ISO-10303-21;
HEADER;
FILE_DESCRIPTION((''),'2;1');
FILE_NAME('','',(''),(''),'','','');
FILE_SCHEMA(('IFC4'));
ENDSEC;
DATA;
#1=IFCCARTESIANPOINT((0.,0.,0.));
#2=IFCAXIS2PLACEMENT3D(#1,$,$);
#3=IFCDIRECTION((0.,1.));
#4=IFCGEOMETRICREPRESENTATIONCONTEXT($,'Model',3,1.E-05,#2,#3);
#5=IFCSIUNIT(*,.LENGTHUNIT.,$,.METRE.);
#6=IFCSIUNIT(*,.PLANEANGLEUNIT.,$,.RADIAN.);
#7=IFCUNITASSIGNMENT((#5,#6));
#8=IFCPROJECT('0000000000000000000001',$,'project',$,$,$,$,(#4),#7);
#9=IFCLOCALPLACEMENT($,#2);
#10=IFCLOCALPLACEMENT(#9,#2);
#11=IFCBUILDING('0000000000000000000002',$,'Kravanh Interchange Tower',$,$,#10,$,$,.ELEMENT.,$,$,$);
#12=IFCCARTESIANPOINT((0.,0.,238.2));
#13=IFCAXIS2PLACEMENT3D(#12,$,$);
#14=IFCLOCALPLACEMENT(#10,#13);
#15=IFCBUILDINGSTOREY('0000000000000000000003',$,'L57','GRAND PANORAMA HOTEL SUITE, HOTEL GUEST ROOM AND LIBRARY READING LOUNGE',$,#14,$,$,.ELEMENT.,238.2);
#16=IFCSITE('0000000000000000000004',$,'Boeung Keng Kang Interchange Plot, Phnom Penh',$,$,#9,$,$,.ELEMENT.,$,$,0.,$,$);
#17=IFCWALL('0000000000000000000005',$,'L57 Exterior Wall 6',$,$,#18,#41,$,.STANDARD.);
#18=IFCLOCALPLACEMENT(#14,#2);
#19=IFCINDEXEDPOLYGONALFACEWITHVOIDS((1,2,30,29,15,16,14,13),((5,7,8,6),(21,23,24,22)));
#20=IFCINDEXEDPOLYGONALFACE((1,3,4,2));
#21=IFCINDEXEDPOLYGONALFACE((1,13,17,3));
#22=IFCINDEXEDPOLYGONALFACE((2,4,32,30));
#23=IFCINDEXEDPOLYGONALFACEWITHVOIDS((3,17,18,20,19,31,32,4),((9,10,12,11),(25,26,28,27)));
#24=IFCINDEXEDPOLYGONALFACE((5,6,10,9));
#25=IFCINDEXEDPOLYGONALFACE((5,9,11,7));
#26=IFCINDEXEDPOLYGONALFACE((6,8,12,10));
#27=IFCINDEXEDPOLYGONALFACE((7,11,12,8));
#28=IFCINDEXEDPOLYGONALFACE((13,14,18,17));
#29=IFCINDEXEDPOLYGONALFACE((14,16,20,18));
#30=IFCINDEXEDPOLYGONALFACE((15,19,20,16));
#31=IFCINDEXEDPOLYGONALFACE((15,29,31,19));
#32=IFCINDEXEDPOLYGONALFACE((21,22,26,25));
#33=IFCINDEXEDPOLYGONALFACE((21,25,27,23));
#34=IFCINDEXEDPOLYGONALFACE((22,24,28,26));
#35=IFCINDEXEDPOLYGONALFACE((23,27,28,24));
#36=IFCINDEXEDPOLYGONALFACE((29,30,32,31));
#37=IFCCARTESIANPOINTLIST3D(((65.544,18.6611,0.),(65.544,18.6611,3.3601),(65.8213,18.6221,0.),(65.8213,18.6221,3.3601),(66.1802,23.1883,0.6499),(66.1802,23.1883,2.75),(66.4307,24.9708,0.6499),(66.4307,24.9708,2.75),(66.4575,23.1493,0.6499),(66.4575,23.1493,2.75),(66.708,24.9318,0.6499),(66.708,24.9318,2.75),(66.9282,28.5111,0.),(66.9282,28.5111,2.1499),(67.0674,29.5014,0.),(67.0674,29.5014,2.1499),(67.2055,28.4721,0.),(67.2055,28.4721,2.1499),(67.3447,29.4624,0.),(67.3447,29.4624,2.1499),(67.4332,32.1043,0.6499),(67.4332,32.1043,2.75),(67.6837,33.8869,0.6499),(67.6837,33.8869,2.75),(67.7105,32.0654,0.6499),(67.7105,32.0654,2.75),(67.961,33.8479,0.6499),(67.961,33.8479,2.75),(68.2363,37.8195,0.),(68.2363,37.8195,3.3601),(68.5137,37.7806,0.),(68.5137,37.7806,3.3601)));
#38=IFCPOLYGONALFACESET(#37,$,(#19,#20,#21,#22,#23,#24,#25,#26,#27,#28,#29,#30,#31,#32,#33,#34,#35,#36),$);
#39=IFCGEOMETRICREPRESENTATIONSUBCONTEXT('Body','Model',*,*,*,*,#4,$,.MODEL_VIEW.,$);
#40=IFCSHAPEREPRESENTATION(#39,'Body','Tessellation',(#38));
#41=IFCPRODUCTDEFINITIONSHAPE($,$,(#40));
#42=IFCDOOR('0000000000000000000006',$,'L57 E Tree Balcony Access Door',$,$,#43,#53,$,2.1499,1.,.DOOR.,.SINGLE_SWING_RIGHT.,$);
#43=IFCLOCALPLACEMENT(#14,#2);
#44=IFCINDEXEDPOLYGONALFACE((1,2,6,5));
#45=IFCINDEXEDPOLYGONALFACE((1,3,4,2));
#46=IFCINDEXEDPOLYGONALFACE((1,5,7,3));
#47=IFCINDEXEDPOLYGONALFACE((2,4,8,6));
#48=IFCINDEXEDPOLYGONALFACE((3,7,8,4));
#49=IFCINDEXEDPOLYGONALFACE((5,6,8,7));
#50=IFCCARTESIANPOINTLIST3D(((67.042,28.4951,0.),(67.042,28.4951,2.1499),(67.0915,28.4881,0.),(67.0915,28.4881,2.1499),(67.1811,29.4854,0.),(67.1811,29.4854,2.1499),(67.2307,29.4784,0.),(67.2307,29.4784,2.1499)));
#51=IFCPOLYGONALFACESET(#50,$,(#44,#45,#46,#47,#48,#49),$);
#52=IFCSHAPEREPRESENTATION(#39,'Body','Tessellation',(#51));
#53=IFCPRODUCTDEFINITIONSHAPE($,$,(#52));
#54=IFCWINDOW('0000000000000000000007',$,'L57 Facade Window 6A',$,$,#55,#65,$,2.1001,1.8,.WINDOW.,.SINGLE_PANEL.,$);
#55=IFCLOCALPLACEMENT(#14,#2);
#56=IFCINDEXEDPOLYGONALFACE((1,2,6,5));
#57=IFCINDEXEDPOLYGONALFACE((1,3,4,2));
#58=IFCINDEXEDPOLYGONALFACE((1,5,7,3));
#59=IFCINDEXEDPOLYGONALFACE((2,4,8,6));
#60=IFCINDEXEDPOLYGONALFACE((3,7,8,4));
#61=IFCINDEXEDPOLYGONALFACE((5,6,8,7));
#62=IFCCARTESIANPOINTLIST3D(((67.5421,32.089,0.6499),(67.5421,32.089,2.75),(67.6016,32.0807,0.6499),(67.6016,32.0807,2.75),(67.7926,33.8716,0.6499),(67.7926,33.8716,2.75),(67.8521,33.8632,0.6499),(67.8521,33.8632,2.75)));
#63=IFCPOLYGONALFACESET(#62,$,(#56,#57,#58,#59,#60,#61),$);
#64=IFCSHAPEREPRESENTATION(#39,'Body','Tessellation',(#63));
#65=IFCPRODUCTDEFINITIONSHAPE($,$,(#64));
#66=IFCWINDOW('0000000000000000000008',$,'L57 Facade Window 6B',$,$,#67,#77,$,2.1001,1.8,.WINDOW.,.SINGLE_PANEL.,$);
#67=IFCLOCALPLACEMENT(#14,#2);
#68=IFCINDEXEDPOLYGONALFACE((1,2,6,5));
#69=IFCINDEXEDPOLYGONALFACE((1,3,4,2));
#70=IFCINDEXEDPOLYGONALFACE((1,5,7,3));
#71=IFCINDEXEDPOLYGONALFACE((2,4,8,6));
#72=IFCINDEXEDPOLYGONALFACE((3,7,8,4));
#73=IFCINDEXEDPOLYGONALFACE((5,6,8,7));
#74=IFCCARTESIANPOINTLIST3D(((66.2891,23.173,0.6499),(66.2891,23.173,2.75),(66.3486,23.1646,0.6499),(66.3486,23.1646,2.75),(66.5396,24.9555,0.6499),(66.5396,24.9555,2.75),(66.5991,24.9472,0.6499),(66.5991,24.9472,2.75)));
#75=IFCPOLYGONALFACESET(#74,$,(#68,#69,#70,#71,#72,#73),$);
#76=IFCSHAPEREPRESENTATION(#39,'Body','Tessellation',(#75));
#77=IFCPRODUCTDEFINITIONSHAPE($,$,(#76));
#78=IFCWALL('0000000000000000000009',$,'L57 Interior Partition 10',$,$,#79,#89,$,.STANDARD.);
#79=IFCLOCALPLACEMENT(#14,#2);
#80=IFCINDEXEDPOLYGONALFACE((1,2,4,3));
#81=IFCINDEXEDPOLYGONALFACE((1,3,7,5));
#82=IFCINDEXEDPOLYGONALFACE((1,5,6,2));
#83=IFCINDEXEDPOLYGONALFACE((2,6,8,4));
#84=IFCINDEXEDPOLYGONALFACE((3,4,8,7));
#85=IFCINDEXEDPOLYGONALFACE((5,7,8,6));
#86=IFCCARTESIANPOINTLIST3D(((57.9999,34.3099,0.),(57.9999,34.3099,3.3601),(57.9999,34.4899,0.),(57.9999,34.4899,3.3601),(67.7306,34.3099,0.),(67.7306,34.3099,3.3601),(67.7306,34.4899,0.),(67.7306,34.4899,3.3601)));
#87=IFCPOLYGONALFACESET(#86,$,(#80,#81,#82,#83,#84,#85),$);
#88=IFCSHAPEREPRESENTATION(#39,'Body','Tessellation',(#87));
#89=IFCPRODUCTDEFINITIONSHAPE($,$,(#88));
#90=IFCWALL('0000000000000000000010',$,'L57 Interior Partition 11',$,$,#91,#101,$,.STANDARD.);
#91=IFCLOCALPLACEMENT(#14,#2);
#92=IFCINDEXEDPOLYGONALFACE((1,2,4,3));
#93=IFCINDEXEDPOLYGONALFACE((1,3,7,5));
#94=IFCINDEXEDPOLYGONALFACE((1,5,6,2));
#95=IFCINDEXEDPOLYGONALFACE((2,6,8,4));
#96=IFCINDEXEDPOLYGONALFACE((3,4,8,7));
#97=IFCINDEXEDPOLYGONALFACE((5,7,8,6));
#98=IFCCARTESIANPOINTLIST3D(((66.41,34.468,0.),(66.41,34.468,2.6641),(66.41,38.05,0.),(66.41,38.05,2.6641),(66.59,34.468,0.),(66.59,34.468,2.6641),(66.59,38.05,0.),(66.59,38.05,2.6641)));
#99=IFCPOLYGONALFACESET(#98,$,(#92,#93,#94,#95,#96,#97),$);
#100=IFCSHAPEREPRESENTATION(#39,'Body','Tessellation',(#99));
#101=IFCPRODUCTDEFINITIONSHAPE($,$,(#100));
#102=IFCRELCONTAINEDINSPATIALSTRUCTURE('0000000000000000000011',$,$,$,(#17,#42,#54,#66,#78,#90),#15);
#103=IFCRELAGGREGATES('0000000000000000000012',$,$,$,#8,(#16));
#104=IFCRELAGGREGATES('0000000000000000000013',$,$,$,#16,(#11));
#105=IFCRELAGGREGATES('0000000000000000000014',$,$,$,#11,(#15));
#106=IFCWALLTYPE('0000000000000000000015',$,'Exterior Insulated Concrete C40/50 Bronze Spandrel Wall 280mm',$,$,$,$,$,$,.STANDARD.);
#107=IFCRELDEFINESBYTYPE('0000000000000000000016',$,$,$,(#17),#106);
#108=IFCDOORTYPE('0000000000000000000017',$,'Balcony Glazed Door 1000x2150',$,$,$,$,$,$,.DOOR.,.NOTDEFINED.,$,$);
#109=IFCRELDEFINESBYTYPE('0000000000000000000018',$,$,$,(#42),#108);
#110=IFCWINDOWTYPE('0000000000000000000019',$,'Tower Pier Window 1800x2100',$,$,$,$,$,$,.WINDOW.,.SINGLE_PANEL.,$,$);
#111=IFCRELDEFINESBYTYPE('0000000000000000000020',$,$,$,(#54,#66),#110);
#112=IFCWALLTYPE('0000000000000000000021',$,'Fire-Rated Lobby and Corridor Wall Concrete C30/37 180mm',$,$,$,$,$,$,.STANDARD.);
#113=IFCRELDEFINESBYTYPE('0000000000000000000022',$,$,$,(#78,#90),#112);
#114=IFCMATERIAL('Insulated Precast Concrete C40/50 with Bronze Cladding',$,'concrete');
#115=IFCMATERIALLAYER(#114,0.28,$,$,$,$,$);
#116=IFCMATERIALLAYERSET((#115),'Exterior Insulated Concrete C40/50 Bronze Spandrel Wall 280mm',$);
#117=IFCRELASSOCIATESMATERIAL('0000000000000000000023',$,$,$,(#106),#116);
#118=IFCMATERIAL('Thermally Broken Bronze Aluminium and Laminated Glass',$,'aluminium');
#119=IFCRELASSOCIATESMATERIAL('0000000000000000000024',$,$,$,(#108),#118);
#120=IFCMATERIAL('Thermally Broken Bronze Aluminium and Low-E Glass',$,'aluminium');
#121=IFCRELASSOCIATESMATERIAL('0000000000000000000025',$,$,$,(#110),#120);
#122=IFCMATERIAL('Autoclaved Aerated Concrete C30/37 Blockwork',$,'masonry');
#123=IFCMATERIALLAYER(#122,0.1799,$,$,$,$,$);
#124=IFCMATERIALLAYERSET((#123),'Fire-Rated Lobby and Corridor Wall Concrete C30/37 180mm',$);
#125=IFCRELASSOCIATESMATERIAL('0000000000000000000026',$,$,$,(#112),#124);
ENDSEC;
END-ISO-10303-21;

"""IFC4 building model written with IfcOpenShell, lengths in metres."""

from ifc_helpers import new_model, si_unit, direction, frame, frame_2d, origin, place, context, subcontext, project, spatial, rectangle, extrude, material, layer, layer_set, type_object, element, fill, save


model = new_model("IFC4")

# Units and contexts
model_context = context("Model", 3, precision=1e-05, world=origin(), true_north=direction((0.0, 1.0)))
body_context = subcontext(model_context, "Body", "Model", "MODEL_VIEW")
ifc_project = project(units=[si_unit("LENGTHUNIT", "METRE"), si_unit("PLANEANGLEUNIT", "RADIAN")], contexts=[model_context])

# Site, building, storey
site_placement = place(None, origin())
site = spatial("IfcSite", under=ifc_project, at=site_placement, Name="Boeung Keng Kang Interchange Plot, Phnom Penh", CompositionType="ELEMENT", RefElevation=0.0)
building_placement = place(site_placement, origin())
building = spatial("IfcBuilding", under=site, at=building_placement, Name="Kravanh Interchange Tower", CompositionType="ELEMENT")
storey_placement = place(building_placement, frame((0.0, 0.0, 238.2)))
storey = spatial("IfcBuildingStorey", under=building, at=storey_placement, Name="L57", Description="GRAND PANORAMA HOTEL SUITE, HOTEL GUEST ROOM AND LIBRARY READING LOUNGE", CompositionType="ELEMENT", Elevation=238.2)

# Wall, openings, door, windows
ifc_material_1 = material(Name="Insulated Precast Concrete C40/50 with Bronze Cladding", Category="concrete")
ifc_layer_1 = layer(ifc_material_1, 0.28)
ifc_layer_set_1 = layer_set([ifc_layer_1], Name="Exterior Insulated Concrete C40/50 Bronze Spandrel Wall 280mm")
wall_type_1 = type_object("IfcWallType", Name="Exterior Insulated Concrete C40/50 Bronze Spandrel Wall 280mm", PredefinedType="STANDARD", material=ifc_layer_set_1)
wall_1_placement = place(storey_placement, frame((68.375, 37.8, 0.0), z_axis=(0.0, 0.0, 1.0), x_axis=(-0.139165, -0.990269, 0.0)))
wall_1 = element("IfcWall", 1, at=wall_1_placement, inside=storey, type_object=wall_type_1, Name="L57 Exterior Wall 6", PredefinedType="STANDARD", context=body_context, shape_type="SweptSolid", body=[
    extrude(rectangle(XDim=19.3467, YDim=0.28, at=frame_2d((9.6733, 0.0))), origin(), (0.0, 0.0, 1.0), 3.3601),
])
opening_1_placement = place(wall_1_placement, frame((8.3999, 0.0, 0.0)))
opening_1 = element("IfcOpeningElement", 2, at=opening_1_placement, cuts=wall_1, PredefinedType="OPENING", context=body_context, shape_type="SweptSolid", body=[
    extrude(rectangle(XDim=1.0, YDim=2.1499, at=frame_2d((0.5, 1.075))), frame((0.0, 0.1499, 0.0), z_axis=(0.0, -1.0, 0.0), x_axis=(1.0, 0.0, 0.0)), (0.0, 0.0, 1.0), 0.3),
])
opening_2_placement = place(wall_1_placement, frame((3.9714, 0.0, 0.6499)))
opening_2 = element("IfcOpeningElement", 3, at=opening_2_placement, cuts=wall_1, PredefinedType="OPENING", context=body_context, shape_type="SweptSolid", body=[
    extrude(rectangle(XDim=1.8, YDim=2.1001, at=frame_2d((0.8999, 1.05))), frame((0.0, 0.1499, 0.0), z_axis=(0.0, -1.0, 0.0), x_axis=(1.0, 0.0, 0.0)), (0.0, 0.0, 1.0), 0.3),
])
opening_3_placement = place(wall_1_placement, frame((12.9751, 0.0, 0.6499)))
opening_3 = element("IfcOpeningElement", 4, at=opening_3_placement, cuts=wall_1, PredefinedType="OPENING", context=body_context, shape_type="SweptSolid", body=[
    extrude(rectangle(XDim=1.8, YDim=2.1001, at=frame_2d((0.8999, 1.05))), frame((0.0, 0.1499, 0.0), z_axis=(0.0, -1.0, 0.0), x_axis=(1.0, 0.0, 0.0)), (0.0, 0.0, 1.0), 0.3),
])
ifc_material_2 = material(Name="Thermally Broken Bronze Aluminium and Laminated Glass", Category="aluminium")
door_type_1 = type_object("IfcDoorType", Name="Balcony Glazed Door 1000x2150", OperationType="NOTDEFINED", PredefinedType="DOOR", material=ifc_material_2)
door_1_placement = place(opening_1_placement, origin())
door_1 = element("IfcDoor", 5, at=door_1_placement, inside=storey, type_object=door_type_1, Name="L57 E Tree Balcony Access Door", OperationType="SINGLE_SWING_RIGHT", OverallHeight=2.1499, OverallWidth=1.0, PredefinedType="DOOR", context=body_context, shape_type="SweptSolid", body=[
    extrude(rectangle(XDim=1.0, YDim=2.1499, at=frame_2d((0.5, 1.075))), frame((0.0, 0.0249, 0.0), z_axis=(0.0, -1.0, 0.0), x_axis=(1.0, 0.0, 0.0)), (0.0, 0.0, 1.0), 0.05),
])
fill(opening_1, door_1)
ifc_material_3 = material(Name="Thermally Broken Bronze Aluminium and Low-E Glass", Category="aluminium")
window_type = type_object("IfcWindowType", Name="Tower Pier Window 1800x2100", PartitioningType="SINGLE_PANEL", PredefinedType="WINDOW", material=ifc_material_3)
window_1_placement = place(opening_2_placement, origin())
window_1 = element("IfcWindow", 6, at=window_1_placement, inside=storey, type_object=window_type, Name="L57 Facade Window 6A", OverallHeight=2.1001, OverallWidth=1.8, PartitioningType="SINGLE_PANEL", PredefinedType="WINDOW", context=body_context, shape_type="SweptSolid", body=[
    extrude(rectangle(XDim=1.8, YDim=2.1001, at=frame_2d((0.8999, 1.05))), frame((0.0, 0.03, 0.0), z_axis=(0.0, -1.0, 0.0), x_axis=(1.0, 0.0, 0.0)), (0.0, 0.0, 1.0), 0.0601),
])
fill(opening_2, window_1)
window_2_placement = place(opening_3_placement, origin())
window_2 = element("IfcWindow", 7, at=window_2_placement, inside=storey, type_object=window_type, Name="L57 Facade Window 6B", OverallHeight=2.1001, OverallWidth=1.8, PartitioningType="SINGLE_PANEL", PredefinedType="WINDOW", context=body_context, shape_type="SweptSolid", body=[
    extrude(rectangle(XDim=1.8, YDim=2.1001, at=frame_2d((0.8999, 1.05))), frame((0.0, 0.03, 0.0), z_axis=(0.0, -1.0, 0.0), x_axis=(1.0, 0.0, 0.0)), (0.0, 0.0, 1.0), 0.0601),
])
fill(opening_3, window_2)

# Walls
ifc_material_4 = material(Name="Autoclaved Aerated Concrete C30/37 Blockwork", Category="masonry")
ifc_layer_2 = layer(ifc_material_4, 0.1799)
ifc_layer_set_2 = layer_set([ifc_layer_2], Name="Fire-Rated Lobby and Corridor Wall Concrete C30/37 180mm")
wall_type_2 = type_object("IfcWallType", Name="Fire-Rated Lobby and Corridor Wall Concrete C30/37 180mm", PredefinedType="STANDARD", material=ifc_layer_set_2)
wall_2_placement = place(storey_placement, frame((58.0, 34.3999, 0.0), z_axis=(0.0, 0.0, 1.0), x_axis=(1.0, 0.0, 0.0)))
element("IfcWall", 8, at=wall_2_placement, inside=storey, type_object=wall_type_2, Name="L57 Interior Partition 10", PredefinedType="STANDARD", context=body_context, shape_type="SweptSolid", body=[
    extrude(rectangle(XDim=9.7307, YDim=0.1799, at=frame_2d((4.8652, 0.0))), origin(), (0.0, 0.0, 1.0), 3.3601),
])
wall_3_placement = place(storey_placement, frame((66.5, 34.468, 0.0), z_axis=(0.0, 0.0, 1.0), x_axis=(0.0, 1.0, 0.0)))
element("IfcWall", 9, at=wall_3_placement, inside=storey, type_object=wall_type_2, Name="L57 Interior Partition 11", PredefinedType="STANDARD", context=body_context, shape_type="SweptSolid", body=[
    extrude(rectangle(XDim=3.582, YDim=0.1799, at=frame_2d((1.791, 0.0))), origin(), (0.0, 0.0, 1.0), 2.6641),
])

save(model, "model.ifc")
